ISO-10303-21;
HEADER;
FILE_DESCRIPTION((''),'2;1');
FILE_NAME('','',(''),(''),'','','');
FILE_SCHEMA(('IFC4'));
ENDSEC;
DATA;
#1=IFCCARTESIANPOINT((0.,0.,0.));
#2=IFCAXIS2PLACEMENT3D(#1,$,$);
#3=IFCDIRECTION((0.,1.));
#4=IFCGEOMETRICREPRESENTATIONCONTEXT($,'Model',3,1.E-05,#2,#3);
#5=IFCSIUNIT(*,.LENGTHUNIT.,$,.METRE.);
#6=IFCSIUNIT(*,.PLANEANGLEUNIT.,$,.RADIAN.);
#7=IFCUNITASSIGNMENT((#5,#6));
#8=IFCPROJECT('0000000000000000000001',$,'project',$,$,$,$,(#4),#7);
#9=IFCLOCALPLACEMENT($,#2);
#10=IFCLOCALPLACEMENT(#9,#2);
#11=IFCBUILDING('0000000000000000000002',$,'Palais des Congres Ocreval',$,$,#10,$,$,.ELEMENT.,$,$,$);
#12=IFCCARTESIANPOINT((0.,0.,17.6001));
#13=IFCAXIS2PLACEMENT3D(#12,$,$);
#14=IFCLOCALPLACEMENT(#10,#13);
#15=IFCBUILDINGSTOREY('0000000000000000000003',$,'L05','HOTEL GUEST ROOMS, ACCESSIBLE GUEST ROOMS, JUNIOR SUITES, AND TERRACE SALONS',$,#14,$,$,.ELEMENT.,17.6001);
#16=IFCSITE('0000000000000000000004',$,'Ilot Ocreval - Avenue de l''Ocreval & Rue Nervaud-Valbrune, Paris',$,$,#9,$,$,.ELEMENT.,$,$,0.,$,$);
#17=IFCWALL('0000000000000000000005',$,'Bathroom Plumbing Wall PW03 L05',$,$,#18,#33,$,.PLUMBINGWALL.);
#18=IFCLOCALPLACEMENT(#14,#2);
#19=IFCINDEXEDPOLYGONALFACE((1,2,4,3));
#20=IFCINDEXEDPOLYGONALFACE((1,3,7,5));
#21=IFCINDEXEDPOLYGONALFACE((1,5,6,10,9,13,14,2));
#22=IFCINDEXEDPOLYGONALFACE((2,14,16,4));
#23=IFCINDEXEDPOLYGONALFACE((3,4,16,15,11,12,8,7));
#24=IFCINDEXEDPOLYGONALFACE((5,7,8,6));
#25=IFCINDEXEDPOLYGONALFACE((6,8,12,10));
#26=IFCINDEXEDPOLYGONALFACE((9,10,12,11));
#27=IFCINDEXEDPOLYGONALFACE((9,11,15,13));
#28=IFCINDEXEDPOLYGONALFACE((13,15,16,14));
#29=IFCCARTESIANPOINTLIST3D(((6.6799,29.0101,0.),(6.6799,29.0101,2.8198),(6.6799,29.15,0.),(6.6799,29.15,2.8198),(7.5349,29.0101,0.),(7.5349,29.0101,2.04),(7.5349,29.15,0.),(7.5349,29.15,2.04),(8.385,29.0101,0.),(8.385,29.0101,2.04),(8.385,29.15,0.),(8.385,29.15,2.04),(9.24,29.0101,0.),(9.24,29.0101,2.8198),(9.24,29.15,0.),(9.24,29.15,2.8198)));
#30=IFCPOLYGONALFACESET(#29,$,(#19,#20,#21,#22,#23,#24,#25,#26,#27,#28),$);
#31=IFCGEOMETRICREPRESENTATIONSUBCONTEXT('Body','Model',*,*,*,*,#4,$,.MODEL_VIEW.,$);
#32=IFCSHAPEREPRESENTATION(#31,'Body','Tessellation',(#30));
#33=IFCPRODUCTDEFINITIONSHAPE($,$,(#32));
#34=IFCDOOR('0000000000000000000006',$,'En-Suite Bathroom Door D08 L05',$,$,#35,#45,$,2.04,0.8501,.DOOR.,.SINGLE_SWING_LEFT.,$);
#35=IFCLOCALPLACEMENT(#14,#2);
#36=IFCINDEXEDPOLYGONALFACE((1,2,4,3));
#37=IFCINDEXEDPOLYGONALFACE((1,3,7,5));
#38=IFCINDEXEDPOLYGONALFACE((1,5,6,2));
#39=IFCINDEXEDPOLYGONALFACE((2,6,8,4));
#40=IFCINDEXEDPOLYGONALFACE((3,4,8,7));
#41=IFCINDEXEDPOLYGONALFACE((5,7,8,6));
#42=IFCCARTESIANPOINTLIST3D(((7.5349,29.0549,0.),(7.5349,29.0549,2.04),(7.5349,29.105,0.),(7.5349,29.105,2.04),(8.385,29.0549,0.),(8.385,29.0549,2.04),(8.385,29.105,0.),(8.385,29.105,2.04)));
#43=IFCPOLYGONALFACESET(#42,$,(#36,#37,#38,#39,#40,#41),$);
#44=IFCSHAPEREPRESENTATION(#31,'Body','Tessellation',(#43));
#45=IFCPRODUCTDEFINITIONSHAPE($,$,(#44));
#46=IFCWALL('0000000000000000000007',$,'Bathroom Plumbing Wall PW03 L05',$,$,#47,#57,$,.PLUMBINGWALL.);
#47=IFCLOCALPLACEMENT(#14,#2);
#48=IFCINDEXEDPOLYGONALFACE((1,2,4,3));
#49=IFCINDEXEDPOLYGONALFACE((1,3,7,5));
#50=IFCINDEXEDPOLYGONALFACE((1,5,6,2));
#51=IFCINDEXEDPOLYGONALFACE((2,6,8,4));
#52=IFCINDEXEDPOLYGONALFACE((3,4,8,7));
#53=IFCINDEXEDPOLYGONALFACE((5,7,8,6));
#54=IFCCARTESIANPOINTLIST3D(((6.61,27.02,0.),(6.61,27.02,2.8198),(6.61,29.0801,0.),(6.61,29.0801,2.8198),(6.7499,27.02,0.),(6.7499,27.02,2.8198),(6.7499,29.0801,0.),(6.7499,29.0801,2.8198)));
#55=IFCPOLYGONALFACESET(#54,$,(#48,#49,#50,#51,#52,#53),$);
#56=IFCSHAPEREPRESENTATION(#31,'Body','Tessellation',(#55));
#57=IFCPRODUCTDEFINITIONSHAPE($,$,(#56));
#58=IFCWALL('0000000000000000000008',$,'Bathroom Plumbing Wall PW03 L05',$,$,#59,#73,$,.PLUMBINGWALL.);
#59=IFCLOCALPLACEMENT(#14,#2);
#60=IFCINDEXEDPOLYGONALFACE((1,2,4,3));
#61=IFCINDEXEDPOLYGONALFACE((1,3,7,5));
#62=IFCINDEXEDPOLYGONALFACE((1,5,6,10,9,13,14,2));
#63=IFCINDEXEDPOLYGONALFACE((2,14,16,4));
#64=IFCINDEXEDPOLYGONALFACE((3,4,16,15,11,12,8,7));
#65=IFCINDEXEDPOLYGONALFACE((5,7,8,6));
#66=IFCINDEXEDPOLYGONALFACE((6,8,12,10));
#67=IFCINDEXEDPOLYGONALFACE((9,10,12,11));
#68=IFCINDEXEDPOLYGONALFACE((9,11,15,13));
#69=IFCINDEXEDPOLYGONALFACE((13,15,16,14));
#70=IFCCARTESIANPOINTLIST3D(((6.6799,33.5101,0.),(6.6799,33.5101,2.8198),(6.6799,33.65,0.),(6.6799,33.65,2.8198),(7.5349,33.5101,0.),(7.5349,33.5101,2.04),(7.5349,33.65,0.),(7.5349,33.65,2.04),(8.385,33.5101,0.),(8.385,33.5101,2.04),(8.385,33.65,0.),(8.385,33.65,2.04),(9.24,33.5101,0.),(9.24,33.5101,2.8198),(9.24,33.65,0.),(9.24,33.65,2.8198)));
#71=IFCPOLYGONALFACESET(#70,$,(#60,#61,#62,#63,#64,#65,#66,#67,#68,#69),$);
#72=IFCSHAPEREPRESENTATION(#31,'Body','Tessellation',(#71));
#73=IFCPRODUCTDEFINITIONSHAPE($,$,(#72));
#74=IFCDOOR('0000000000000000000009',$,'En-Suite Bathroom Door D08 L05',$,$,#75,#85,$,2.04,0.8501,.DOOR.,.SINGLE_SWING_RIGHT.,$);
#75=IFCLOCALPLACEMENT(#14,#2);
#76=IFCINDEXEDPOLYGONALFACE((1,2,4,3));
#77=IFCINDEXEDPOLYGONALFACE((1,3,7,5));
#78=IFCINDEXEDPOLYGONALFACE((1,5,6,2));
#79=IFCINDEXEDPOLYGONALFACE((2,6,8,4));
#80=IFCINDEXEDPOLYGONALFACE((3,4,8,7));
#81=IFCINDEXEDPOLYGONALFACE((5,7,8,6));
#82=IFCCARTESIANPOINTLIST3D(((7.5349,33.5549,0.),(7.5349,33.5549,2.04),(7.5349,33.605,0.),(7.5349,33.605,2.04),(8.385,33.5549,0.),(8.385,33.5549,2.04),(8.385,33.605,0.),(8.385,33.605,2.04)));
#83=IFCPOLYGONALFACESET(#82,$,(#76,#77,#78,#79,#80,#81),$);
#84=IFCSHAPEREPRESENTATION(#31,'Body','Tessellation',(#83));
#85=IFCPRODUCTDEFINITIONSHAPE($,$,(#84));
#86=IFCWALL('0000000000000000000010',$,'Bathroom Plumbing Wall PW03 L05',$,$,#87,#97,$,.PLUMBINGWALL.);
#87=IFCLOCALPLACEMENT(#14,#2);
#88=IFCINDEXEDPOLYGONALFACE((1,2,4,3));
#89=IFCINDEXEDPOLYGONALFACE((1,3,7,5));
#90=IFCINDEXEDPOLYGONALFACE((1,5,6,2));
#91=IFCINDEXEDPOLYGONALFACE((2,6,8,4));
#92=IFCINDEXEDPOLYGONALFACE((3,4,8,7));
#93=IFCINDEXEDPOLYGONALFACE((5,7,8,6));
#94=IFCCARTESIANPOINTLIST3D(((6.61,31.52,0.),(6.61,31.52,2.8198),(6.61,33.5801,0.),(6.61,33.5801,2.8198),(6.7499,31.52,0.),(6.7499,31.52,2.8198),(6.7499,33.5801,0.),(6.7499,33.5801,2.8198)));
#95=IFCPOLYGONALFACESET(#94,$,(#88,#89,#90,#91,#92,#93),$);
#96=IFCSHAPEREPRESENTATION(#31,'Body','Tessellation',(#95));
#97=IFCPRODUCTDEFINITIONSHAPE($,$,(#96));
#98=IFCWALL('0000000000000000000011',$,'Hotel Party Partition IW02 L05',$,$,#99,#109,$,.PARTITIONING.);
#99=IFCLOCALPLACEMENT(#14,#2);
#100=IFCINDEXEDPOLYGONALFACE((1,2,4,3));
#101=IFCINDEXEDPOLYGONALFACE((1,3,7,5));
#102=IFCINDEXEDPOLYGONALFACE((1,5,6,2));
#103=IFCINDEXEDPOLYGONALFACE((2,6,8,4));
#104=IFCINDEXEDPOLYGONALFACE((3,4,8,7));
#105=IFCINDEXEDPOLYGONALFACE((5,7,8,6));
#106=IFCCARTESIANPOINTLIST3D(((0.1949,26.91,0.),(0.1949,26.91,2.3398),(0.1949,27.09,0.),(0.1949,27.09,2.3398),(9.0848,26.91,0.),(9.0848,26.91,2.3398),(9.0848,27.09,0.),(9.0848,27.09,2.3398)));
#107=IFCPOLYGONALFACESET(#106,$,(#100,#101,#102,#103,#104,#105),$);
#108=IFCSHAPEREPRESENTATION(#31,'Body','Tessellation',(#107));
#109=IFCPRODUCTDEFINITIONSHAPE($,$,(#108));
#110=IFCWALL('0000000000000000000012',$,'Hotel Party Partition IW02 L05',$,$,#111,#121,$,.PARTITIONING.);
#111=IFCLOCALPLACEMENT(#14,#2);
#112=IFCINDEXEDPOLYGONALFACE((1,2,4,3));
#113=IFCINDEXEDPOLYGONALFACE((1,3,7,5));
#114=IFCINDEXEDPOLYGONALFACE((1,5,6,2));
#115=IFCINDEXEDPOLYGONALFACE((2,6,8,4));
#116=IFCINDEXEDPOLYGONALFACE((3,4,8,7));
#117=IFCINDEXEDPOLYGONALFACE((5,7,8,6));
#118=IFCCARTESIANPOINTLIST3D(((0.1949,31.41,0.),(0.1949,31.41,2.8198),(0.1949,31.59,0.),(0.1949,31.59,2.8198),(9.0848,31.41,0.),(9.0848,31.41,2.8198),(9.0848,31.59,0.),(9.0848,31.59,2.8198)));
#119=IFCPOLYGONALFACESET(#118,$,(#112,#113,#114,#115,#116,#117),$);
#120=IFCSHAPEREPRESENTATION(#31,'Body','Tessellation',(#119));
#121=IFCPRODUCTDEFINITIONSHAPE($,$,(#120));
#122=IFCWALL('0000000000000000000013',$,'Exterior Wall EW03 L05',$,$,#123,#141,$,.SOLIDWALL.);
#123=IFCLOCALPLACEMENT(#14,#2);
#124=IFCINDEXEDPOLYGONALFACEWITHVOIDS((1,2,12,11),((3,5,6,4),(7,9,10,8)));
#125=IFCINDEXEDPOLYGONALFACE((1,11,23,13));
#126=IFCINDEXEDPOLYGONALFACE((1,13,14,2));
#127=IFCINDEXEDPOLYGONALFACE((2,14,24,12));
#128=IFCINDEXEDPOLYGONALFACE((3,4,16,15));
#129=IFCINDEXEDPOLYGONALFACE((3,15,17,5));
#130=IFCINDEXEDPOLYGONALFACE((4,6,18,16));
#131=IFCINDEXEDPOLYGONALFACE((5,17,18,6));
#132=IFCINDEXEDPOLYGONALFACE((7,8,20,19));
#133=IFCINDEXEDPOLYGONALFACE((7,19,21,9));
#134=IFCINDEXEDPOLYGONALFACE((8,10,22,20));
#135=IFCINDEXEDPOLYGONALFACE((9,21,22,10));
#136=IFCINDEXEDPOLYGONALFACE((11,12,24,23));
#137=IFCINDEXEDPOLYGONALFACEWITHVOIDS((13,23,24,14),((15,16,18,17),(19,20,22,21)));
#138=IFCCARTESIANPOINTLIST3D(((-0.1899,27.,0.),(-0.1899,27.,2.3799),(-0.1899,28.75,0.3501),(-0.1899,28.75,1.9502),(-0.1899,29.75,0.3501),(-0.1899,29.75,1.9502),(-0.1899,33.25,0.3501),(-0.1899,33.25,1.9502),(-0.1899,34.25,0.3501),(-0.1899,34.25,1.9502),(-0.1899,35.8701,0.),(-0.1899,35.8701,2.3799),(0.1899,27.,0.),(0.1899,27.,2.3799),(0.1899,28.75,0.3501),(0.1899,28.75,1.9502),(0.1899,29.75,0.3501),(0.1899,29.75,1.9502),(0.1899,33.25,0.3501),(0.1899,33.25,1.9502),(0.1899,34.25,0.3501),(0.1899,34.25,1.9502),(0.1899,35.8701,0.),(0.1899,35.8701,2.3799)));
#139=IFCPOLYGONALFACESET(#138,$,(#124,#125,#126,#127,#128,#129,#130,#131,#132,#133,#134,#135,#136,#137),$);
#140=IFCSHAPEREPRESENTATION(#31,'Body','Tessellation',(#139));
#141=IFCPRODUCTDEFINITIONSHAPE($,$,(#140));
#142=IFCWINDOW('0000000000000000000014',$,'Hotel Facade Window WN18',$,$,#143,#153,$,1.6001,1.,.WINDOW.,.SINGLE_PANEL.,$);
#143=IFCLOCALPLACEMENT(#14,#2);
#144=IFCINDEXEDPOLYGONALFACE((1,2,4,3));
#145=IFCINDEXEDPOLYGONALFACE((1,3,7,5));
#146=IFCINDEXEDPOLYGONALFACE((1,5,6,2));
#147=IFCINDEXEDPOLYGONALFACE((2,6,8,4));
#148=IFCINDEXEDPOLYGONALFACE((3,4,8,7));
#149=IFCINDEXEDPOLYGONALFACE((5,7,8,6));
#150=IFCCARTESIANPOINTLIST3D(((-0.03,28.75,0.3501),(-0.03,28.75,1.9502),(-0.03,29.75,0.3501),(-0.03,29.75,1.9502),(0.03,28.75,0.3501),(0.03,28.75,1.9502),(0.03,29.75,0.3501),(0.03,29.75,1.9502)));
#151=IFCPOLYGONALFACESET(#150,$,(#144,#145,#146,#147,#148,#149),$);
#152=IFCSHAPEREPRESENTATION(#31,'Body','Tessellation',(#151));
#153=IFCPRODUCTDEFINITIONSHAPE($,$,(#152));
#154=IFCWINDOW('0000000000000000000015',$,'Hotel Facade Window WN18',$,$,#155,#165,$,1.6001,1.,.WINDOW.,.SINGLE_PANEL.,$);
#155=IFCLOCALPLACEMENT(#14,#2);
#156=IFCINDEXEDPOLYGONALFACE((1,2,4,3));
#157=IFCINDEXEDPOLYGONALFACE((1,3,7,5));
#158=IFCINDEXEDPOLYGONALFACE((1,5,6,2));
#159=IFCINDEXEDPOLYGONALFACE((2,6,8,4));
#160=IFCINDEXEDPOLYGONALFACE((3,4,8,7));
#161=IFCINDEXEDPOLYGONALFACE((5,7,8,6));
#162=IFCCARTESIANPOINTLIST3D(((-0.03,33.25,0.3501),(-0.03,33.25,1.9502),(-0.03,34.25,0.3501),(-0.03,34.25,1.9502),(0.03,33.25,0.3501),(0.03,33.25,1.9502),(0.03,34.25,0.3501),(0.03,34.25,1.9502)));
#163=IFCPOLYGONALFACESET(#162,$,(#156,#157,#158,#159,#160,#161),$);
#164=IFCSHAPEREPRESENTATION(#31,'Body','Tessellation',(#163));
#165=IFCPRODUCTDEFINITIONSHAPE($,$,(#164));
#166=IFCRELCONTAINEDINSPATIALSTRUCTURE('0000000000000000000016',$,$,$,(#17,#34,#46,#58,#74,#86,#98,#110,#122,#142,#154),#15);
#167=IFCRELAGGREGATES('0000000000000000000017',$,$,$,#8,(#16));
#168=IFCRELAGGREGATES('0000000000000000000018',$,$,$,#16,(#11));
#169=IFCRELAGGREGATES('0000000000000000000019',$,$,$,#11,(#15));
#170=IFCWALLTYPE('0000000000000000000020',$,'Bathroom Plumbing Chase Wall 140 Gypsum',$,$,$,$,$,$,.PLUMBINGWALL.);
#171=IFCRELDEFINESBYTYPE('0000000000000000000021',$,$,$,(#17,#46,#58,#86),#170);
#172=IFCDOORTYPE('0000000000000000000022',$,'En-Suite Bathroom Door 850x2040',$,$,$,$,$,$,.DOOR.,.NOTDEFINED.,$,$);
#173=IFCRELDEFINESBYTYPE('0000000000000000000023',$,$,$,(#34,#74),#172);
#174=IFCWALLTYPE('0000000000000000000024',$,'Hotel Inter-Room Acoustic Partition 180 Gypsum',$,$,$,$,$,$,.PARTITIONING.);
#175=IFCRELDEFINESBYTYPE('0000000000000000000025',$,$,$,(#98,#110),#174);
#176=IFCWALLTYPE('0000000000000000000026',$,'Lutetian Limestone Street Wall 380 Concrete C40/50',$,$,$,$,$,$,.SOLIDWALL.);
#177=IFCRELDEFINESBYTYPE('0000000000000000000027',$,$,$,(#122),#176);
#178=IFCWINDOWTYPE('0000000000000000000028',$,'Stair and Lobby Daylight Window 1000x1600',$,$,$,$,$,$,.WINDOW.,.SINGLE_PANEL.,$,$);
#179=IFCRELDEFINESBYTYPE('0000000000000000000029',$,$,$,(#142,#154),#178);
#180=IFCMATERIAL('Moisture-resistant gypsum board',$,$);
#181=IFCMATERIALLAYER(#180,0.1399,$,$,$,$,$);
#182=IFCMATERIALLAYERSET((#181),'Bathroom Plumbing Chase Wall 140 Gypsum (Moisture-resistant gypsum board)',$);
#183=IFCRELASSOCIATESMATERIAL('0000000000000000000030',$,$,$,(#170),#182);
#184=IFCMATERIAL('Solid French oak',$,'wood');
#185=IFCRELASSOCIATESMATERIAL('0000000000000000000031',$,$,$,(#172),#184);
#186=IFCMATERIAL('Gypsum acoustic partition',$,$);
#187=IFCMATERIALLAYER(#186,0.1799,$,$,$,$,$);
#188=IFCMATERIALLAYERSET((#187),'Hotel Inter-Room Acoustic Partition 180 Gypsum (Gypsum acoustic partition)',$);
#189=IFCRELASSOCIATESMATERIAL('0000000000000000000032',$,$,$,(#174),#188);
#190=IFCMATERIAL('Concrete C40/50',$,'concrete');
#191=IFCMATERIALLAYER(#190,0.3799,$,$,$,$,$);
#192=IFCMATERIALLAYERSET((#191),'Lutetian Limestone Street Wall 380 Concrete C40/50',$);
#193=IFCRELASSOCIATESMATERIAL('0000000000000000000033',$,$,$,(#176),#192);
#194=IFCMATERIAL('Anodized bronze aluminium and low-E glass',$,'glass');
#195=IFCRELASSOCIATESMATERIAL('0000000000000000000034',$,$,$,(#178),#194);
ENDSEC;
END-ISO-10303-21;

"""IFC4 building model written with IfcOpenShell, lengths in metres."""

from ifc_helpers import new_model, si_unit, direction, frame, frame_2d, origin, place, context, subcontext, project, spatial, rectangle, extrude, material, layer, layer_set, type_object, element, fill, save


model = new_model("IFC4")

# Units and contexts
model_context = context("Model", 3, precision=1e-05, world=origin(), true_north=direction((0.0, 1.0)))
body_context = subcontext(model_context, "Body", "Model", "MODEL_VIEW")
ifc_project = project(units=[si_unit("LENGTHUNIT", "METRE"), si_unit("PLANEANGLEUNIT", "RADIAN")], contexts=[model_context])

# Site, building, storey
site_placement = place(None, origin())
site = spatial("IfcSite", under=ifc_project, at=site_placement, Name="Ilot Ocreval - Avenue de l'Ocreval & Rue Nervaud-Valbrune, Paris", CompositionType="ELEMENT", RefElevation=0.0)
building_placement = place(site_placement, origin())
building = spatial("IfcBuilding", under=site, at=building_placement, Name="Palais des Congres Ocreval", CompositionType="ELEMENT")
storey_placement = place(building_placement, frame((0.0, 0.0, 17.6001)))
storey = spatial("IfcBuildingStorey", under=building, at=storey_placement, Name="L05", Description="HOTEL GUEST ROOMS, ACCESSIBLE GUEST ROOMS, JUNIOR SUITES, AND TERRACE SALONS", CompositionType="ELEMENT", Elevation=17.6001)

# Shared definitions
ifc_material_1 = material(Name="Concrete C40/50", Category="concrete")

# Wall, opening, door
ifc_material_2 = material(Name="Moisture-resistant gypsum board")
ifc_layer_1 = layer(ifc_material_2, 0.1399)
ifc_layer_set_1 = layer_set([ifc_layer_1], Name="Bathroom Plumbing Chase Wall 140 Gypsum (Moisture-resistant gypsum board)")
wall_type_1 = type_object("IfcWallType", Name="Bathroom Plumbing Chase Wall 140 Gypsum", PredefinedType="PLUMBINGWALL", material=ifc_layer_set_1)
ifc_material_3 = material(Name="Solid French oak", Category="wood")
door_type = type_object("IfcDoorType", Name="En-Suite Bathroom Door 850x2040", OperationType="NOTDEFINED", PredefinedType="DOOR", material=ifc_material_3)
wall_1_placement = place(storey_placement, frame((6.6799, 29.0801, 0.0), z_axis=(0.0, 0.0, 1.0), x_axis=(1.0, 0.0, 0.0)))
wall_1 = element("IfcWall", 1, at=wall_1_placement, inside=storey, type_object=wall_type_1, Name="Bathroom Plumbing Wall PW03 L05", PredefinedType="PLUMBINGWALL", context=body_context, shape_type="SweptSolid", body=[
    extrude(rectangle(XDim=2.5601, YDim=0.1399, at=frame_2d((1.28, 0.0))), origin(), (0.0, 0.0, 1.0), 2.8198),
])
opening_1_placement = place(wall_1_placement, frame((0.855, 0.0, 0.0)))
opening_1 = element("IfcOpeningElement", 2, at=opening_1_placement, cuts=wall_1, PredefinedType="OPENING", context=body_context, shape_type="SweptSolid", body=[
    extrude(rectangle(XDim=0.8501, YDim=2.04, at=frame_2d((0.425, 1.02))), frame((0.0, 0.0798, 0.0), z_axis=(0.0, -1.0, 0.0), x_axis=(1.0, 0.0, 0.0)), (0.0, 0.0, 1.0), 0.1599),
])
door_1_placement = place(opening_1_placement, origin())
door_1 = element("IfcDoor", 3, at=door_1_placement, inside=storey, type_object=door_type, Name="En-Suite Bathroom Door D08 L05", OperationType="SINGLE_SWING_LEFT", OverallHeight=2.04, OverallWidth=0.8501, PredefinedType="DOOR", context=body_context, shape_type="SweptSolid", body=[
    extrude(rectangle(XDim=0.8501, YDim=2.04, at=frame_2d((0.425, 1.02))), frame((0.0, 0.0249, 0.0), z_axis=(0.0, -1.0, 0.0), x_axis=(1.0, 0.0, 0.0)), (0.0, 0.0, 1.0), 0.05),
])
fill(opening_1, door_1)

# Wall
wall_2_placement = place(storey_placement, frame((6.6799, 27.02, 0.0), z_axis=(0.0, 0.0, 1.0), x_axis=(0.0, 1.0, 0.0)))
element("IfcWall", 4, at=wall_2_placement, inside=storey, type_object=wall_type_1, Name="Bathroom Plumbing Wall PW03 L05", PredefinedType="PLUMBINGWALL", context=body_context, shape_type="SweptSolid", body=[
    extrude(rectangle(XDim=2.0601, YDim=0.1399, at=frame_2d((1.03, 0.0))), origin(), (0.0, 0.0, 1.0), 2.8198),
])

# Wall, opening, door
wall_3_placement = place(storey_placement, frame((6.6799, 33.5801, 0.0), z_axis=(0.0, 0.0, 1.0), x_axis=(1.0, 0.0, 0.0)))
wall_3 = element("IfcWall", 5, at=wall_3_placement, inside=storey, type_object=wall_type_1, Name="Bathroom Plumbing Wall PW03 L05", PredefinedType="PLUMBINGWALL", context=body_context, shape_type="SweptSolid", body=[
    extrude(rectangle(XDim=2.5601, YDim=0.1399, at=frame_2d((1.28, 0.0))), origin(), (0.0, 0.0, 1.0), 2.8198),
])
opening_2_placement = place(wall_3_placement, frame((0.855, 0.0, 0.0)))
opening_2 = element("IfcOpeningElement", 6, at=opening_2_placement, cuts=wall_3, PredefinedType="OPENING", context=body_context, shape_type="SweptSolid", body=[
    extrude(rectangle(XDim=0.8501, YDim=2.04, at=frame_2d((0.425, 1.02))), frame((0.0, 0.0798, 0.0), z_axis=(0.0, -1.0, 0.0), x_axis=(1.0, 0.0, 0.0)), (0.0, 0.0, 1.0), 0.1599),
])
door_2_placement = place(opening_2_placement, origin())
door_2 = element("IfcDoor", 7, at=door_2_placement, inside=storey, type_object=door_type, Name="En-Suite Bathroom Door D08 L05", OperationType="SINGLE_SWING_RIGHT", OverallHeight=2.04, OverallWidth=0.8501, PredefinedType="DOOR", context=body_context, shape_type="SweptSolid", body=[
    extrude(rectangle(XDim=0.8501, YDim=2.04, at=frame_2d((0.425, 1.02))), frame((0.0, 0.0249, 0.0), z_axis=(0.0, -1.0, 0.0), x_axis=(1.0, 0.0, 0.0)), (0.0, 0.0, 1.0), 0.05),
])
fill(opening_2, door_2)

# Walls
wall_4_placement = place(storey_placement, frame((6.6799, 31.52, 0.0), z_axis=(0.0, 0.0, 1.0), x_axis=(0.0, 1.0, 0.0)))
element("IfcWall", 8, at=wall_4_placement, inside=storey, type_object=wall_type_1, Name="Bathroom Plumbing Wall PW03 L05", PredefinedType="PLUMBINGWALL", context=body_context, shape_type="SweptSolid", body=[
    extrude(rectangle(XDim=2.0601, YDim=0.1399, at=frame_2d((1.03, 0.0))), origin(), (0.0, 0.0, 1.0), 2.8198),
])
ifc_material_4 = material(Name="Gypsum acoustic partition")
ifc_layer_2 = layer(ifc_material_4, 0.1799)
ifc_layer_set_2 = layer_set([ifc_layer_2], Name="Hotel Inter-Room Acoustic Partition 180 Gypsum (Gypsum acoustic partition)")
wall_type_2 = type_object("IfcWallType", Name="Hotel Inter-Room Acoustic Partition 180 Gypsum", PredefinedType="PARTITIONING", material=ifc_layer_set_2)
wall_5_placement = place(storey_placement, frame((0.1951, 27.0, 0.0), z_axis=(0.0, 0.0, 1.0), x_axis=(1.0, 0.0, 0.0)))
element("IfcWall", 9, at=wall_5_placement, inside=storey, type_object=wall_type_2, Name="Hotel Party Partition IW02 L05", PredefinedType="PARTITIONING", context=body_context, shape_type="SweptSolid", body=[
    extrude(rectangle(XDim=8.8899, YDim=0.1799, at=frame_2d((4.4448, 0.0))), origin(), (0.0, 0.0, 1.0), 2.3398),
])
wall_6_placement = place(storey_placement, frame((0.1951, 31.5, 0.0), z_axis=(0.0, 0.0, 1.0), x_axis=(1.0, 0.0, 0.0)))
element("IfcWall", 10, at=wall_6_placement, inside=storey, type_object=wall_type_2, Name="Hotel Party Partition IW02 L05", PredefinedType="PARTITIONING", context=body_context, shape_type="SweptSolid", body=[
    extrude(rectangle(XDim=8.8899, YDim=0.1799, at=frame_2d((4.4448, 0.0))), origin(), (0.0, 0.0, 1.0), 2.8198),
])

# Wall, openings, windows
ifc_layer_3 = layer(ifc_material_1, 0.3799)
ifc_layer_set_3 = layer_set([ifc_layer_3], Name="Lutetian Limestone Street Wall 380 Concrete C40/50")
wall_type_3 = type_object("IfcWallType", Name="Lutetian Limestone Street Wall 380 Concrete C40/50", PredefinedType="SOLIDWALL", material=ifc_layer_set_3)
wall_7_placement = place(storey_placement, frame((0.0, 27.0, 0.0), z_axis=(0.0, 0.0, 1.0), x_axis=(0.0, 1.0, 0.0)))
wall_7 = element("IfcWall", 11, at=wall_7_placement, inside=storey, type_object=wall_type_3, Name="Exterior Wall EW03 L05", PredefinedType="SOLIDWALL", context=body_context, shape_type="SweptSolid", body=[
    extrude(rectangle(XDim=8.8701, YDim=0.3799, at=frame_2d((4.4351, 0.0))), origin(), (0.0, 0.0, 1.0), 2.3799),
])
opening_3_placement = place(wall_7_placement, frame((1.75, 0.0, 0.3501)))
opening_3 = element("IfcOpeningElement", 12, at=opening_3_placement, cuts=wall_7, PredefinedType="OPENING", context=body_context, shape_type="SweptSolid", body=[
    extrude(rectangle(XDim=1.0, YDim=1.6001, at=frame_2d((0.5, 0.8))), frame((0.0, 0.2, 0.0), z_axis=(0.0, -1.0, 0.0), x_axis=(1.0, 0.0, 0.0)), (0.0, 0.0, 1.0), 0.3999),
])
opening_4_placement = place(wall_7_placement, frame((6.25, 0.0, 0.3501)))
opening_4 = element("IfcOpeningElement", 13, at=opening_4_placement, cuts=wall_7, PredefinedType="OPENING", context=body_context, shape_type="SweptSolid", body=[
    extrude(rectangle(XDim=1.0, YDim=1.6001, at=frame_2d((0.5, 0.8))), frame((0.0, 0.2, 0.0), z_axis=(0.0, -1.0, 0.0), x_axis=(1.0, 0.0, 0.0)), (0.0, 0.0, 1.0), 0.3999),
])
ifc_material_5 = material(Name="Anodized bronze aluminium and low-E glass", Category="glass")
window_type = type_object("IfcWindowType", Name="Stair and Lobby Daylight Window 1000x1600", PartitioningType="SINGLE_PANEL", PredefinedType="WINDOW", material=ifc_material_5)
window_1_placement = place(opening_3_placement, origin())
window_1 = element("IfcWindow", 14, at=window_1_placement, inside=storey, type_object=window_type, Name="Hotel Facade Window WN18", OverallHeight=1.6001, OverallWidth=1.0, PartitioningType="SINGLE_PANEL", PredefinedType="WINDOW", context=body_context, shape_type="SweptSolid", body=[
    extrude(rectangle(XDim=1.0, YDim=1.6001, at=frame_2d((0.5, 0.8))), frame((0.0, 0.03, 0.0), z_axis=(0.0, -1.0, 0.0), x_axis=(1.0, 0.0, 0.0)), (0.0, 0.0, 1.0), 0.0601),
])
fill(opening_3, window_1)
window_2_placement = place(opening_4_placement, origin())
window_2 = element("IfcWindow", 15, at=window_2_placement, inside=storey, type_object=window_type, Name="Hotel Facade Window WN18", OverallHeight=1.6001, OverallWidth=1.0, PartitioningType="SINGLE_PANEL", PredefinedType="WINDOW", context=body_context, shape_type="SweptSolid", body=[
    extrude(rectangle(XDim=1.0, YDim=1.6001, at=frame_2d((0.5, 0.8))), frame((0.0, 0.03, 0.0), z_axis=(0.0, -1.0, 0.0), x_axis=(1.0, 0.0, 0.0)), (0.0, 0.0, 1.0), 0.0601),
])
fill(opening_4, window_2)

save(model, "model.ifc")
